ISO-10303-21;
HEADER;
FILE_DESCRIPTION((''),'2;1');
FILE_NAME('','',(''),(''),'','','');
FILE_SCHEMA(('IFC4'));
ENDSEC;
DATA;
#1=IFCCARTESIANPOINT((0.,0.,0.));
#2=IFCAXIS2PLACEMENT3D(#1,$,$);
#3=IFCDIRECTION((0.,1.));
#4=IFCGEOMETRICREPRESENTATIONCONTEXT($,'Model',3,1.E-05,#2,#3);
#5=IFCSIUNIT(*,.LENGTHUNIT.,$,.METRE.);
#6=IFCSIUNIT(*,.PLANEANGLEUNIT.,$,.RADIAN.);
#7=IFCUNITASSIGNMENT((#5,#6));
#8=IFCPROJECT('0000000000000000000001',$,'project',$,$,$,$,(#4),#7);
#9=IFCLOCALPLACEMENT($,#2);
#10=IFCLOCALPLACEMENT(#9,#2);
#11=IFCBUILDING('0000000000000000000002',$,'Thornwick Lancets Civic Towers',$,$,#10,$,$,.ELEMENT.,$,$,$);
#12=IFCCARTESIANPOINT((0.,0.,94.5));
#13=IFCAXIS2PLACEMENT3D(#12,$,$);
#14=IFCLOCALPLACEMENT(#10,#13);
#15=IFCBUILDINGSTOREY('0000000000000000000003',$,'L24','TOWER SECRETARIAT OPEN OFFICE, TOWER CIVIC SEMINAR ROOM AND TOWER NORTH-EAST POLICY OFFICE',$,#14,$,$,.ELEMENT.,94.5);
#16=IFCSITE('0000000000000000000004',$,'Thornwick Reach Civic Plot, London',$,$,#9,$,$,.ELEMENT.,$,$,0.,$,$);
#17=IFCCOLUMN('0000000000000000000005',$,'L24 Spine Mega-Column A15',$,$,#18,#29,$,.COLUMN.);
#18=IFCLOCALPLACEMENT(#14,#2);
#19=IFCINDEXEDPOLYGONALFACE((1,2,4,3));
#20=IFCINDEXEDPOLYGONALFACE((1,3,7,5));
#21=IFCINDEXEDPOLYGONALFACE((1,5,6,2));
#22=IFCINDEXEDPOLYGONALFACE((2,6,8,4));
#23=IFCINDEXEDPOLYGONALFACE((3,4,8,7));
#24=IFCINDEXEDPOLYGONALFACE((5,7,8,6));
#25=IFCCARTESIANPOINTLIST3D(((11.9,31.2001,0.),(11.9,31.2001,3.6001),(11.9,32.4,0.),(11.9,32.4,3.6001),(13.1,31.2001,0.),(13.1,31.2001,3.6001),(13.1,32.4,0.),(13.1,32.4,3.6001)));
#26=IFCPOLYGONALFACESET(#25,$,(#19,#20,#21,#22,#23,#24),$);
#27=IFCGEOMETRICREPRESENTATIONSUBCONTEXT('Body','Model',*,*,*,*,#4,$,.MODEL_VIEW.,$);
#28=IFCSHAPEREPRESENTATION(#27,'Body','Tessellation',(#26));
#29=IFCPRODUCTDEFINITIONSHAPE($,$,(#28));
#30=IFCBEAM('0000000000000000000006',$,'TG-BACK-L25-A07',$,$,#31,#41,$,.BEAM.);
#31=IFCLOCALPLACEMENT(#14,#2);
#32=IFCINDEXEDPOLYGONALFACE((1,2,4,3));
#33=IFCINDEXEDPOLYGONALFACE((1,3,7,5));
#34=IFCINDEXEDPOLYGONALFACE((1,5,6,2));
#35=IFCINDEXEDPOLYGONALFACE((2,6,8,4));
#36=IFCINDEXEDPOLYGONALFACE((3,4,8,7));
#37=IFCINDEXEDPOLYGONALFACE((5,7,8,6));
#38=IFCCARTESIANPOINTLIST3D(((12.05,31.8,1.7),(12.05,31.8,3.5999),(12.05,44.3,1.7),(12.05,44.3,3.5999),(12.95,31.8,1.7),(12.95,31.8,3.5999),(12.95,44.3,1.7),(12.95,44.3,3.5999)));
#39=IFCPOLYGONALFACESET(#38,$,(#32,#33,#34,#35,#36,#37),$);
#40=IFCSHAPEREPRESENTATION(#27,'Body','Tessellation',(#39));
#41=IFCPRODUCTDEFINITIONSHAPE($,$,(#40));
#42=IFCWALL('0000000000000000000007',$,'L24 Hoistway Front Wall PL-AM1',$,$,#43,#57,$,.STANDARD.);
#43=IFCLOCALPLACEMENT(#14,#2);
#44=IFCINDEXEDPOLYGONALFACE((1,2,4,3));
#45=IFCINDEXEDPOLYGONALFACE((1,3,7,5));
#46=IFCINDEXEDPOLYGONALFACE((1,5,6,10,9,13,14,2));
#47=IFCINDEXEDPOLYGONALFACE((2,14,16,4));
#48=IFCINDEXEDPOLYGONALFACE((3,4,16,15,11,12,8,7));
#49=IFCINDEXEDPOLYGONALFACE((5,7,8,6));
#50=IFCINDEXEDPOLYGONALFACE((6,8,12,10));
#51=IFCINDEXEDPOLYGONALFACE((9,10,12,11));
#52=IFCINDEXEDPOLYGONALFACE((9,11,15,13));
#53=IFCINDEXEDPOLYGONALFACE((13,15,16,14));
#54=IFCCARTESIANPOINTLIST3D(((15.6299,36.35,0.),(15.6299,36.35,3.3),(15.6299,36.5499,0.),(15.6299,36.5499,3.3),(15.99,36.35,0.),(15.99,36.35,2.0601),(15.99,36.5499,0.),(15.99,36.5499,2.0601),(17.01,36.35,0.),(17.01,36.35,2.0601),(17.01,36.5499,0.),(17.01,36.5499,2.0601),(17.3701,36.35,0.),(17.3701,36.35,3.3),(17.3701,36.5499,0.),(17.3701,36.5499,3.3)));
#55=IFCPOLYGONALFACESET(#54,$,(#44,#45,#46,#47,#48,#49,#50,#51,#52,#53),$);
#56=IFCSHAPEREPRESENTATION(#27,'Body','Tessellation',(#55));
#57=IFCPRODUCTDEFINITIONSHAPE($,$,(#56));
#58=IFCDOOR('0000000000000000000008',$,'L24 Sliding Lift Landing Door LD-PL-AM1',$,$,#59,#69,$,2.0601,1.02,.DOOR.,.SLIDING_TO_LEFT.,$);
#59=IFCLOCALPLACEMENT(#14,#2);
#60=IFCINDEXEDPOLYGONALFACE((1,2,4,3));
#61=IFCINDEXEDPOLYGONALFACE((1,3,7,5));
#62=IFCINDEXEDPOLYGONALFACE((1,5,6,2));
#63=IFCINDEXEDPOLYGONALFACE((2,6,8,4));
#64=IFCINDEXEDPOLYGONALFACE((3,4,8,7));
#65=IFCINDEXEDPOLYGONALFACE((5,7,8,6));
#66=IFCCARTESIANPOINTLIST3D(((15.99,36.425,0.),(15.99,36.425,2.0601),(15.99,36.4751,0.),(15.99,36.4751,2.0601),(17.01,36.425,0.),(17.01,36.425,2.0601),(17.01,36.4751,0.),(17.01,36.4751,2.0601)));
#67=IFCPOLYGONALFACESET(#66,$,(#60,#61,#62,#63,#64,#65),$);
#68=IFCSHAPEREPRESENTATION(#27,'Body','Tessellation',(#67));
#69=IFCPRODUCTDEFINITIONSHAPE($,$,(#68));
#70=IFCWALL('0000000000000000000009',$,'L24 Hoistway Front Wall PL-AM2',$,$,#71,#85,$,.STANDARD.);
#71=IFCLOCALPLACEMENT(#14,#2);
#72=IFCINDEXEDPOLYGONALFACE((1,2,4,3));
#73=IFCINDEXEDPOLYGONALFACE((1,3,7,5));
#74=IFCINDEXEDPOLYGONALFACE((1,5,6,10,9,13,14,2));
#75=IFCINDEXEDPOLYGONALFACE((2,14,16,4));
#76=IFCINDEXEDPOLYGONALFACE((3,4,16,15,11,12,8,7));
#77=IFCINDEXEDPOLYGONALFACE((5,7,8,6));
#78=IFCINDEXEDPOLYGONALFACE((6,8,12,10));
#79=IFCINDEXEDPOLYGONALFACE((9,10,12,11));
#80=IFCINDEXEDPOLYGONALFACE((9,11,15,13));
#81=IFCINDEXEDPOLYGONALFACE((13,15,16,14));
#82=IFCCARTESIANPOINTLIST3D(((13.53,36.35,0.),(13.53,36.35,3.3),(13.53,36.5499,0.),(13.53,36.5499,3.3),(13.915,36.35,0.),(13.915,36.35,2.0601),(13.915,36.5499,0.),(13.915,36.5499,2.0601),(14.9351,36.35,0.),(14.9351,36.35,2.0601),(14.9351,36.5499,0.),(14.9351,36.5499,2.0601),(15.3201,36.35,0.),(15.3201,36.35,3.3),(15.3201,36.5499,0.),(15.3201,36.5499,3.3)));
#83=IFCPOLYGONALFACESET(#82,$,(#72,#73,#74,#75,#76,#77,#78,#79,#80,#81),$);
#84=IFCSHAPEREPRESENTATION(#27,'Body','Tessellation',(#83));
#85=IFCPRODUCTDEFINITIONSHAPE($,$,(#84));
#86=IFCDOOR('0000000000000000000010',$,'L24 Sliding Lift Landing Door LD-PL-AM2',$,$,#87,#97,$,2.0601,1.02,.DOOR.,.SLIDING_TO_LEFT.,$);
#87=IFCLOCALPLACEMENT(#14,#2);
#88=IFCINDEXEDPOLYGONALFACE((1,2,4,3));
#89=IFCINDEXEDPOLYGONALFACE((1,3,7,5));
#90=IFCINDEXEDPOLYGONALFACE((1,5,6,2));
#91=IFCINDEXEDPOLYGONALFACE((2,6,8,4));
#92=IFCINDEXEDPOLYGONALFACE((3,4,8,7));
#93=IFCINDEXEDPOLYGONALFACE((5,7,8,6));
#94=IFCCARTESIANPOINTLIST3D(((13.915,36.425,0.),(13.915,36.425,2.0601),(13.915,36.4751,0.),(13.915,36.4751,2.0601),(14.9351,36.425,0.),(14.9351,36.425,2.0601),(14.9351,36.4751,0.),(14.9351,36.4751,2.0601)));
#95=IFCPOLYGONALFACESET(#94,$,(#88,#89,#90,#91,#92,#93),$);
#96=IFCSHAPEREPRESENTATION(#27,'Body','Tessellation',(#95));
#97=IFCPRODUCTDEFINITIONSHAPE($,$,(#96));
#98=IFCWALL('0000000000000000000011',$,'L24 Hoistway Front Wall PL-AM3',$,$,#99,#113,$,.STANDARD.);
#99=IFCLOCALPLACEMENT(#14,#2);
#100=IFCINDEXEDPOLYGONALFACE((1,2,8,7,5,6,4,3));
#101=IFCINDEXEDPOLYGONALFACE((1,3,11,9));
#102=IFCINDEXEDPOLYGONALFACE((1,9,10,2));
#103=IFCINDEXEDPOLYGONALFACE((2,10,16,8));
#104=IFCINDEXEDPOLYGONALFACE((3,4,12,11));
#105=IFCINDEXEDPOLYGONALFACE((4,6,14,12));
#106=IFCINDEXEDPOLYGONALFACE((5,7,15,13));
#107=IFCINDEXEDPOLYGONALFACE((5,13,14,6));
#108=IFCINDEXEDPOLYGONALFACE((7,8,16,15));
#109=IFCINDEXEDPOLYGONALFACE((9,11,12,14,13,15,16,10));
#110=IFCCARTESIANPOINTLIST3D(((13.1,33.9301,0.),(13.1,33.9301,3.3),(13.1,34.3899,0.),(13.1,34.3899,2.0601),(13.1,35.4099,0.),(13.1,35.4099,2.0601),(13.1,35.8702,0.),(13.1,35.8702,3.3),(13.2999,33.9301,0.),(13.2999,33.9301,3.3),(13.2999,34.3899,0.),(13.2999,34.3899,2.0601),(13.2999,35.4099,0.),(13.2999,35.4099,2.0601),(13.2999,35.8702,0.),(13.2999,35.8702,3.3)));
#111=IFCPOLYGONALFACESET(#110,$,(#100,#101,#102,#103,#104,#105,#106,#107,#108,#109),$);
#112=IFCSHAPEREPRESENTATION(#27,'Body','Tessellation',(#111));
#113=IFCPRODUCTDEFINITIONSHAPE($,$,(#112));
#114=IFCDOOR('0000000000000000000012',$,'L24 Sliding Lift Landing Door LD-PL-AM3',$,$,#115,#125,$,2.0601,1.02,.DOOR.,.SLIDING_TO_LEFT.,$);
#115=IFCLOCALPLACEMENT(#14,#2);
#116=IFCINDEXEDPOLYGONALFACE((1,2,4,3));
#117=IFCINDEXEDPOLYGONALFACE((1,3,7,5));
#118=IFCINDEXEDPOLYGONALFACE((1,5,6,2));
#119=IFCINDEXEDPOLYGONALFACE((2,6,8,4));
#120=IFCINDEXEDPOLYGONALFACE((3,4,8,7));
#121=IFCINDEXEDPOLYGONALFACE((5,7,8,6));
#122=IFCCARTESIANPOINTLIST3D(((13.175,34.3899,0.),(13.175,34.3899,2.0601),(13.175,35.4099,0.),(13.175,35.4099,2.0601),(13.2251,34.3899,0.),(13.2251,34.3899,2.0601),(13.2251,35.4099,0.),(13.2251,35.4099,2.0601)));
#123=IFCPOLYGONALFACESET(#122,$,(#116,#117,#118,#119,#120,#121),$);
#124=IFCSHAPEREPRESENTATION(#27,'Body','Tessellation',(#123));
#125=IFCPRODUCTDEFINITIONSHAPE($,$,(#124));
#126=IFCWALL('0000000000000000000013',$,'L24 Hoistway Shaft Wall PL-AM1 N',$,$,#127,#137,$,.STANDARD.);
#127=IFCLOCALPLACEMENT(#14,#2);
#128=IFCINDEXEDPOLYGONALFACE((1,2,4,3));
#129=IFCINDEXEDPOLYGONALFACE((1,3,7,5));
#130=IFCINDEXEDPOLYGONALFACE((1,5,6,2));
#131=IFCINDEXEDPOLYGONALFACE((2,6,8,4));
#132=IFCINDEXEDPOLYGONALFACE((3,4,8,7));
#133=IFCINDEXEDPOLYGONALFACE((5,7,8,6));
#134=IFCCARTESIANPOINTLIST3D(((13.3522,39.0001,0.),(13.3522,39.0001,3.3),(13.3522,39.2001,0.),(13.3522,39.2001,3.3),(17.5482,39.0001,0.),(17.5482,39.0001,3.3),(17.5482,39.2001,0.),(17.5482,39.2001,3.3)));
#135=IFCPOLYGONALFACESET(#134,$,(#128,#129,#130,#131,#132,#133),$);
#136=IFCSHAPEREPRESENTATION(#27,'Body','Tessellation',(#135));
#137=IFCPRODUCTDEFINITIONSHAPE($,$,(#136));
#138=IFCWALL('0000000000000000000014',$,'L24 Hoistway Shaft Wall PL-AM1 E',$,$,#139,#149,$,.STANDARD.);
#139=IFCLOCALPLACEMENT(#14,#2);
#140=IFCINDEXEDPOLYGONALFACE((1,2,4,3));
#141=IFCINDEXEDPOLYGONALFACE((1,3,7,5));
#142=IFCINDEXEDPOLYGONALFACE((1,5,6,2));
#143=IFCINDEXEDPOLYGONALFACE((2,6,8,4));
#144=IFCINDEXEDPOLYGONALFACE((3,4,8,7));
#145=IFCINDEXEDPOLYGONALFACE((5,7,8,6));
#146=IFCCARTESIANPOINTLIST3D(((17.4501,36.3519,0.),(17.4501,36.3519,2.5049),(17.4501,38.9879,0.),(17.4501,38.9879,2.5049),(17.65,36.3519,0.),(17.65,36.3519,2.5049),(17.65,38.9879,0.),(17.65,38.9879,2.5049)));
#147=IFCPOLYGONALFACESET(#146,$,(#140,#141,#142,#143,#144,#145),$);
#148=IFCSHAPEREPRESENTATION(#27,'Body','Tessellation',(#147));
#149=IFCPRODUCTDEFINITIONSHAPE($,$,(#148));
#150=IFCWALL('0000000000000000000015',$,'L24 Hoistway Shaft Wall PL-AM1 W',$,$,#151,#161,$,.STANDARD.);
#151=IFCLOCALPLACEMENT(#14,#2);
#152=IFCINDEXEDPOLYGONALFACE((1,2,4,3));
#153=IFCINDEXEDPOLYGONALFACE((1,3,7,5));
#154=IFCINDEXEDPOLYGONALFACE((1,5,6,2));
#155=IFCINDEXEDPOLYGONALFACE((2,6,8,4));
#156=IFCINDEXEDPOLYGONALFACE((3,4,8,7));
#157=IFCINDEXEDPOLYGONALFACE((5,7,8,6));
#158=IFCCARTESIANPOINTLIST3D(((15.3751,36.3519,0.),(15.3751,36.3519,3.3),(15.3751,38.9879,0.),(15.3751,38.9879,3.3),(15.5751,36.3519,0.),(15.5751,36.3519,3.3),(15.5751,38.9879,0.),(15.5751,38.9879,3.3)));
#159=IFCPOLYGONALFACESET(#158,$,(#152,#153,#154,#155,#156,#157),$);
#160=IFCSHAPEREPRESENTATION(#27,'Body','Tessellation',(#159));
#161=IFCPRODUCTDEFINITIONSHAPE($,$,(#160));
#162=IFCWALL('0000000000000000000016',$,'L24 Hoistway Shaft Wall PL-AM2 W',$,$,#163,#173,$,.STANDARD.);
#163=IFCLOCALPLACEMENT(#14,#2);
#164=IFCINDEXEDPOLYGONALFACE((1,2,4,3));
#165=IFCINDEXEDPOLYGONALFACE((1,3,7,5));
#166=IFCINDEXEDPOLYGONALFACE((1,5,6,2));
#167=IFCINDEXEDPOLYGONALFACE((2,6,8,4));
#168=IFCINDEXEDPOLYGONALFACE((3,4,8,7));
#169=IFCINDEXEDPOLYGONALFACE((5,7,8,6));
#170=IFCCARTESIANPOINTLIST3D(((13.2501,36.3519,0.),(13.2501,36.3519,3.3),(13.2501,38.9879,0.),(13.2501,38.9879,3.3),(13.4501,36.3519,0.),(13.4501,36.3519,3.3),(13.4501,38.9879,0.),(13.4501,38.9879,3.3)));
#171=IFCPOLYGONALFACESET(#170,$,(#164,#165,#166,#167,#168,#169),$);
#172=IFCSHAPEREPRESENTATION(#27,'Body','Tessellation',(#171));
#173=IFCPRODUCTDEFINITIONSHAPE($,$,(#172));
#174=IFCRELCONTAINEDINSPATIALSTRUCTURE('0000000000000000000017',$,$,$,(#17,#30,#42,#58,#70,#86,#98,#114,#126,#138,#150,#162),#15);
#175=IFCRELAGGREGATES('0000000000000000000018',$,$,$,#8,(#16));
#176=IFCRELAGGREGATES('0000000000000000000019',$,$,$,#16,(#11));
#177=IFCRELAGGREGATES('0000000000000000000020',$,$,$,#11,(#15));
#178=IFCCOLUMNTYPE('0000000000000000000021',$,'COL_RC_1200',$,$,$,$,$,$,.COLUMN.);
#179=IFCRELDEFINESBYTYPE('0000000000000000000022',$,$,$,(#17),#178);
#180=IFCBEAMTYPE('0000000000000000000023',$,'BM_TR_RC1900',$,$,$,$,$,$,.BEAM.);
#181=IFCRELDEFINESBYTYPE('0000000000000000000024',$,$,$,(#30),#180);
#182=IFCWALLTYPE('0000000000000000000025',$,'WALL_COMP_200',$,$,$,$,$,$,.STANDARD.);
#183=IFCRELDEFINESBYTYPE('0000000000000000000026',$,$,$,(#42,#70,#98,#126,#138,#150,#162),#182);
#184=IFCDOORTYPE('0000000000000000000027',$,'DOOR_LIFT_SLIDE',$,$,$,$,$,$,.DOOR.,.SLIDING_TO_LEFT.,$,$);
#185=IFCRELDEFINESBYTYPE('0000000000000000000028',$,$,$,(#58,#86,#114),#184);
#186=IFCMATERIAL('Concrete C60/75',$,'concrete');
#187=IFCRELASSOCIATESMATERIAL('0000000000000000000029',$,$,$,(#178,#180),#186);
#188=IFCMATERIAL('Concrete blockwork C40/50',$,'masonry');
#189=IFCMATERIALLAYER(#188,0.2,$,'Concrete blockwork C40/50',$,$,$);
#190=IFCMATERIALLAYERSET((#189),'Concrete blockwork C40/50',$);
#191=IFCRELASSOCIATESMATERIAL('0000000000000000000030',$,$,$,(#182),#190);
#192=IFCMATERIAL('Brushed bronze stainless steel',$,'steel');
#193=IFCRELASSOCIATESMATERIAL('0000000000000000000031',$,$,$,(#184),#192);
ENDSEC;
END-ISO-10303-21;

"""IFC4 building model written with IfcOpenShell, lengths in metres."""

from ifc_helpers import new_model, si_unit, direction, frame, frame_2d, origin, origin_2d, place, context, subcontext, project, spatial, rectangle, extrude, material, layer, layer_set, material_profile, profile_set, type_object, element, fill, save


model = new_model("IFC4")

# Units and contexts
model_context = context("Model", 3, precision=1e-05, world=origin(), true_north=direction((0.0, 1.0)))
body_context = subcontext(model_context, "Body", "Model", "MODEL_VIEW")
ifc_project = project(units=[si_unit("LENGTHUNIT", "METRE"), si_unit("PLANEANGLEUNIT", "RADIAN")], contexts=[model_context])

# Site, building, storey
site_placement = place(None, origin())
site = spatial("IfcSite", under=ifc_project, at=site_placement, Name="Thornwick Reach Civic Plot, London", CompositionType="ELEMENT", RefElevation=0.0)
building_placement = place(site_placement, origin())
building = spatial("IfcBuilding", under=site, at=building_placement, Name="Thornwick Lancets Civic Towers", CompositionType="ELEMENT")
storey_placement = place(building_placement, frame((0.0, 0.0, 94.5)))
storey = spatial("IfcBuildingStorey", under=building, at=storey_placement, Name="L24", Description="TOWER SECRETARIAT OPEN OFFICE, TOWER CIVIC SEMINAR ROOM AND TOWER NORTH-EAST POLICY OFFICE", CompositionType="ELEMENT", Elevation=94.5)

# Column
ifc_material_1 = material(Name="Concrete C60/75", Category="concrete")
ifc_material_profile_1 = material_profile(ifc_material_1, rectangle(XDim=1.2, YDim=1.2, at=origin_2d()), Name="RC 1200x1200")
ifc_profile_set_1 = profile_set([ifc_material_profile_1], Name="Concrete C60/75")
column_type = type_object("IfcColumnType", Name="COL_RC_1200", PredefinedType="COLUMN", material=ifc_profile_set_1)
column_placement = place(storey_placement, frame((12.5, 31.8, 0.0), z_axis=(0.0, 0.0, 1.0), x_axis=(1.0, 0.0, 0.0)))
element("IfcColumn", 1, at=column_placement, inside=storey, type_object=column_type, Name="L24 Spine Mega-Column A15", PredefinedType="COLUMN", context=body_context, shape_type="SweptSolid", body=[
    extrude(rectangle(XDim=1.2, YDim=1.2, at=origin_2d()), origin(), (0.0, 0.0, 1.0), 3.6001),
])

# Beam
ifc_material_profile_2 = material_profile(ifc_material_1, rectangle(XDim=0.8999, YDim=1.8999, at=origin_2d()), Name="RC 900x1900")
ifc_profile_set_2 = profile_set([ifc_material_profile_2], Name="Concrete C60/75")
beam_type = type_object("IfcBeamType", Name="BM_TR_RC1900", PredefinedType="BEAM", material=ifc_profile_set_2)
beam_placement = place(storey_placement, frame((12.5, 31.8, 2.6499), z_axis=(0.0, 1.0, 0.0), x_axis=(-1.0, 0.0, 0.0)))
element("IfcBeam", 2, at=beam_placement, inside=storey, type_object=beam_type, Name="TG-BACK-L25-A07", PredefinedType="BEAM", context=body_context, shape_type="SweptSolid", body=[
    extrude(rectangle(XDim=0.8999, YDim=1.8999, at=origin_2d()), origin(), (0.0, 0.0, 1.0), 12.5),
])

# Walls, openings, doors
ifc_material_2 = material(Name="Concrete blockwork C40/50", Category="masonry")
ifc_layer_1 = layer(ifc_material_2, 0.2, Name="Concrete blockwork C40/50")
ifc_layer_set_1 = layer_set([ifc_layer_1], Name="Concrete blockwork C40/50")
wall_type_1 = type_object("IfcWallType", Name="WALL_COMP_200", PredefinedType="STANDARD", material=ifc_layer_set_1)
wall_1_placement = place(storey_placement, frame((17.3701, 36.45, 0.0), z_axis=(0.0, 0.0, 1.0), x_axis=(-1.0, 0.0, 0.0)))
wall_1 = element("IfcWall", 3, at=wall_1_placement, inside=storey, type_object=wall_type_1, Name="L24 Hoistway Front Wall PL-AM1", PredefinedType="STANDARD", context=body_context, shape_type="SweptSolid", body=[
    extrude(rectangle(XDim=1.7402, YDim=0.2, at=frame_2d((0.8701, 0.0))), origin(), (0.0, 0.0, 1.0), 3.3),
])
opening_1_placement = place(wall_1_placement, frame((0.3601, 0.0, 0.0)))
opening_1 = element("IfcOpeningElement", 4, at=opening_1_placement, cuts=wall_1, PredefinedType="OPENING", context=body_context, shape_type="SweptSolid", body=[
    extrude(rectangle(XDim=1.02, YDim=2.0601, at=frame_2d((0.51, 1.03))), frame((0.0, 0.1099, 0.0), z_axis=(0.0, -1.0, 0.0), x_axis=(1.0, 0.0, 0.0)), (0.0, 0.0, 1.0), 0.22),
])
ifc_material_3 = material(Name="Brushed bronze stainless steel", Category="steel")
door_type = type_object("IfcDoorType", Name="DOOR_LIFT_SLIDE", OperationType="SLIDING_TO_LEFT", PredefinedType="DOOR", material=ifc_material_3)
door_1_placement = place(opening_1_placement, origin())
door_1 = element("IfcDoor", 5, at=door_1_placement, inside=storey, type_object=door_type, Name="L24 Sliding Lift Landing Door LD-PL-AM1", OperationType="SLIDING_TO_LEFT", OverallHeight=2.0601, OverallWidth=1.02, PredefinedType="DOOR", context=body_context, shape_type="SweptSolid", body=[
    extrude(rectangle(XDim=1.02, YDim=2.0601, at=frame_2d((0.51, 1.03))), frame((0.0, 0.0249, 0.0), z_axis=(0.0, -1.0, 0.0), x_axis=(1.0, 0.0, 0.0)), (0.0, 0.0, 1.0), 0.05),
])
fill(opening_1, door_1)
wall_2_placement = place(storey_placement, frame((15.3201, 36.45, 0.0), z_axis=(0.0, 0.0, 1.0), x_axis=(-1.0, 0.0, 0.0)))
wall_2 = element("IfcWall", 6, at=wall_2_placement, inside=storey, type_object=wall_type_1, Name="L24 Hoistway Front Wall PL-AM2", PredefinedType="STANDARD", context=body_context, shape_type="SweptSolid", body=[
    extrude(rectangle(XDim=1.79, YDim=0.2, at=frame_2d((0.895, 0.0))), origin(), (0.0, 0.0, 1.0), 3.3),
])
opening_2_placement = place(wall_2_placement, frame((0.385, 0.0, 0.0)))
opening_2 = element("IfcOpeningElement", 7, at=opening_2_placement, cuts=wall_2, PredefinedType="OPENING", context=body_context, shape_type="SweptSolid", body=[
    extrude(rectangle(XDim=1.02, YDim=2.0601, at=frame_2d((0.51, 1.03))), frame((0.0, 0.1099, 0.0), z_axis=(0.0, -1.0, 0.0), x_axis=(1.0, 0.0, 0.0)), (0.0, 0.0, 1.0), 0.22),
])
door_2_placement = place(opening_2_placement, origin())
door_2 = element("IfcDoor", 8, at=door_2_placement, inside=storey, type_object=door_type, Name="L24 Sliding Lift Landing Door LD-PL-AM2", OperationType="SLIDING_TO_LEFT", OverallHeight=2.0601, OverallWidth=1.02, PredefinedType="DOOR", context=body_context, shape_type="SweptSolid", body=[
    extrude(rectangle(XDim=1.02, YDim=2.0601, at=frame_2d((0.51, 1.03))), frame((0.0, 0.0249, 0.0), z_axis=(0.0, -1.0, 0.0), x_axis=(1.0, 0.0, 0.0)), (0.0, 0.0, 1.0), 0.05),
])
fill(opening_2, door_2)
wall_3_placement = place(storey_placement, frame((13.2, 33.9299, 0.0), z_axis=(0.0, 0.0, 1.0), x_axis=(0.0, 1.0, 0.0)))
wall_3 = element("IfcWall", 9, at=wall_3_placement, inside=storey, type_object=wall_type_1, Name="L24 Hoistway Front Wall PL-AM3", PredefinedType="STANDARD", context=body_context, shape_type="SweptSolid", body=[
    extrude(rectangle(XDim=1.9402, YDim=0.2, at=frame_2d((0.9702, 0.0))), origin(), (0.0, 0.0, 1.0), 3.3),
])
opening_3_placement = place(wall_3_placement, frame((0.46, 0.0, 0.0)))
opening_3 = element("IfcOpeningElement", 10, at=opening_3_placement, cuts=wall_3, PredefinedType="OPENING", context=body_context, shape_type="SweptSolid", body=[
    extrude(rectangle(XDim=1.02, YDim=2.0601, at=frame_2d((0.51, 1.03))), frame((0.0, 0.1099, 0.0), z_axis=(0.0, -1.0, 0.0), x_axis=(1.0, 0.0, 0.0)), (0.0, 0.0, 1.0), 0.22),
])
door_3_placement = place(opening_3_placement, origin())
door_3 = element("IfcDoor", 11, at=door_3_placement, inside=storey, type_object=door_type, Name="L24 Sliding Lift Landing Door LD-PL-AM3", OperationType="SLIDING_TO_LEFT", OverallHeight=2.0601, OverallWidth=1.02, PredefinedType="DOOR", context=body_context, shape_type="SweptSolid", body=[
    extrude(rectangle(XDim=1.02, YDim=2.0601, at=frame_2d((0.51, 1.03))), frame((0.0, 0.0249, 0.0), z_axis=(0.0, -1.0, 0.0), x_axis=(1.0, 0.0, 0.0)), (0.0, 0.0, 1.0), 0.05),
])
fill(opening_3, door_3)

# Walls
wall_4_placement = place(storey_placement, frame((13.3521, 39.1001, 0.0), z_axis=(0.0, 0.0, 1.0), x_axis=(1.0, 0.0, 0.0)))
element("IfcWall", 12, at=wall_4_placement, inside=storey, type_object=wall_type_1, Name="L24 Hoistway Shaft Wall PL-AM1 N", PredefinedType="STANDARD", context=body_context, shape_type="SweptSolid", body=[
    extrude(rectangle(XDim=4.196, YDim=0.2, at=frame_2d((2.0981, 0.0))), origin(), (0.0, 0.0, 1.0), 3.3),
])
wall_5_placement = place(storey_placement, frame((17.55, 36.3521, 0.0), z_axis=(0.0, 0.0, 1.0), x_axis=(0.0, 1.0, 0.0)))
element("IfcWall", 13, at=wall_5_placement, inside=storey, type_object=wall_type_1, Name="L24 Hoistway Shaft Wall PL-AM1 E", PredefinedType="STANDARD", context=body_context, shape_type="SweptSolid", body=[
    extrude(rectangle(XDim=2.636, YDim=0.2, at=frame_2d((1.3179, 0.0))), origin(), (0.0, 0.0, 1.0), 2.5049),
])
for number, where, z_axis, x_axis, name in (
    (14, (15.4751, 36.3521, 0.0), (0.0, 0.0, 1.0), (0.0, 1.0, 0.0), "L24 Hoistway Shaft Wall PL-AM1 W"),
    (15, (13.3501, 36.3521, 0.0), (0.0, 0.0, 1.0), (0.0, 1.0, 0.0), "L24 Hoistway Shaft Wall PL-AM2 W"),
):
    element("IfcWall", number, at=place(storey_placement, frame(where, z_axis=z_axis, x_axis=x_axis)), inside=storey, type_object=wall_type_1, Name=name, PredefinedType="STANDARD", context=body_context, shape_type="SweptSolid", body=[
        extrude(rectangle(XDim=2.636, YDim=0.2, at=frame_2d((1.3179, 0.0))), origin(), (0.0, 0.0, 1.0), 3.3),
    ])

save(model, "model.ifc")
